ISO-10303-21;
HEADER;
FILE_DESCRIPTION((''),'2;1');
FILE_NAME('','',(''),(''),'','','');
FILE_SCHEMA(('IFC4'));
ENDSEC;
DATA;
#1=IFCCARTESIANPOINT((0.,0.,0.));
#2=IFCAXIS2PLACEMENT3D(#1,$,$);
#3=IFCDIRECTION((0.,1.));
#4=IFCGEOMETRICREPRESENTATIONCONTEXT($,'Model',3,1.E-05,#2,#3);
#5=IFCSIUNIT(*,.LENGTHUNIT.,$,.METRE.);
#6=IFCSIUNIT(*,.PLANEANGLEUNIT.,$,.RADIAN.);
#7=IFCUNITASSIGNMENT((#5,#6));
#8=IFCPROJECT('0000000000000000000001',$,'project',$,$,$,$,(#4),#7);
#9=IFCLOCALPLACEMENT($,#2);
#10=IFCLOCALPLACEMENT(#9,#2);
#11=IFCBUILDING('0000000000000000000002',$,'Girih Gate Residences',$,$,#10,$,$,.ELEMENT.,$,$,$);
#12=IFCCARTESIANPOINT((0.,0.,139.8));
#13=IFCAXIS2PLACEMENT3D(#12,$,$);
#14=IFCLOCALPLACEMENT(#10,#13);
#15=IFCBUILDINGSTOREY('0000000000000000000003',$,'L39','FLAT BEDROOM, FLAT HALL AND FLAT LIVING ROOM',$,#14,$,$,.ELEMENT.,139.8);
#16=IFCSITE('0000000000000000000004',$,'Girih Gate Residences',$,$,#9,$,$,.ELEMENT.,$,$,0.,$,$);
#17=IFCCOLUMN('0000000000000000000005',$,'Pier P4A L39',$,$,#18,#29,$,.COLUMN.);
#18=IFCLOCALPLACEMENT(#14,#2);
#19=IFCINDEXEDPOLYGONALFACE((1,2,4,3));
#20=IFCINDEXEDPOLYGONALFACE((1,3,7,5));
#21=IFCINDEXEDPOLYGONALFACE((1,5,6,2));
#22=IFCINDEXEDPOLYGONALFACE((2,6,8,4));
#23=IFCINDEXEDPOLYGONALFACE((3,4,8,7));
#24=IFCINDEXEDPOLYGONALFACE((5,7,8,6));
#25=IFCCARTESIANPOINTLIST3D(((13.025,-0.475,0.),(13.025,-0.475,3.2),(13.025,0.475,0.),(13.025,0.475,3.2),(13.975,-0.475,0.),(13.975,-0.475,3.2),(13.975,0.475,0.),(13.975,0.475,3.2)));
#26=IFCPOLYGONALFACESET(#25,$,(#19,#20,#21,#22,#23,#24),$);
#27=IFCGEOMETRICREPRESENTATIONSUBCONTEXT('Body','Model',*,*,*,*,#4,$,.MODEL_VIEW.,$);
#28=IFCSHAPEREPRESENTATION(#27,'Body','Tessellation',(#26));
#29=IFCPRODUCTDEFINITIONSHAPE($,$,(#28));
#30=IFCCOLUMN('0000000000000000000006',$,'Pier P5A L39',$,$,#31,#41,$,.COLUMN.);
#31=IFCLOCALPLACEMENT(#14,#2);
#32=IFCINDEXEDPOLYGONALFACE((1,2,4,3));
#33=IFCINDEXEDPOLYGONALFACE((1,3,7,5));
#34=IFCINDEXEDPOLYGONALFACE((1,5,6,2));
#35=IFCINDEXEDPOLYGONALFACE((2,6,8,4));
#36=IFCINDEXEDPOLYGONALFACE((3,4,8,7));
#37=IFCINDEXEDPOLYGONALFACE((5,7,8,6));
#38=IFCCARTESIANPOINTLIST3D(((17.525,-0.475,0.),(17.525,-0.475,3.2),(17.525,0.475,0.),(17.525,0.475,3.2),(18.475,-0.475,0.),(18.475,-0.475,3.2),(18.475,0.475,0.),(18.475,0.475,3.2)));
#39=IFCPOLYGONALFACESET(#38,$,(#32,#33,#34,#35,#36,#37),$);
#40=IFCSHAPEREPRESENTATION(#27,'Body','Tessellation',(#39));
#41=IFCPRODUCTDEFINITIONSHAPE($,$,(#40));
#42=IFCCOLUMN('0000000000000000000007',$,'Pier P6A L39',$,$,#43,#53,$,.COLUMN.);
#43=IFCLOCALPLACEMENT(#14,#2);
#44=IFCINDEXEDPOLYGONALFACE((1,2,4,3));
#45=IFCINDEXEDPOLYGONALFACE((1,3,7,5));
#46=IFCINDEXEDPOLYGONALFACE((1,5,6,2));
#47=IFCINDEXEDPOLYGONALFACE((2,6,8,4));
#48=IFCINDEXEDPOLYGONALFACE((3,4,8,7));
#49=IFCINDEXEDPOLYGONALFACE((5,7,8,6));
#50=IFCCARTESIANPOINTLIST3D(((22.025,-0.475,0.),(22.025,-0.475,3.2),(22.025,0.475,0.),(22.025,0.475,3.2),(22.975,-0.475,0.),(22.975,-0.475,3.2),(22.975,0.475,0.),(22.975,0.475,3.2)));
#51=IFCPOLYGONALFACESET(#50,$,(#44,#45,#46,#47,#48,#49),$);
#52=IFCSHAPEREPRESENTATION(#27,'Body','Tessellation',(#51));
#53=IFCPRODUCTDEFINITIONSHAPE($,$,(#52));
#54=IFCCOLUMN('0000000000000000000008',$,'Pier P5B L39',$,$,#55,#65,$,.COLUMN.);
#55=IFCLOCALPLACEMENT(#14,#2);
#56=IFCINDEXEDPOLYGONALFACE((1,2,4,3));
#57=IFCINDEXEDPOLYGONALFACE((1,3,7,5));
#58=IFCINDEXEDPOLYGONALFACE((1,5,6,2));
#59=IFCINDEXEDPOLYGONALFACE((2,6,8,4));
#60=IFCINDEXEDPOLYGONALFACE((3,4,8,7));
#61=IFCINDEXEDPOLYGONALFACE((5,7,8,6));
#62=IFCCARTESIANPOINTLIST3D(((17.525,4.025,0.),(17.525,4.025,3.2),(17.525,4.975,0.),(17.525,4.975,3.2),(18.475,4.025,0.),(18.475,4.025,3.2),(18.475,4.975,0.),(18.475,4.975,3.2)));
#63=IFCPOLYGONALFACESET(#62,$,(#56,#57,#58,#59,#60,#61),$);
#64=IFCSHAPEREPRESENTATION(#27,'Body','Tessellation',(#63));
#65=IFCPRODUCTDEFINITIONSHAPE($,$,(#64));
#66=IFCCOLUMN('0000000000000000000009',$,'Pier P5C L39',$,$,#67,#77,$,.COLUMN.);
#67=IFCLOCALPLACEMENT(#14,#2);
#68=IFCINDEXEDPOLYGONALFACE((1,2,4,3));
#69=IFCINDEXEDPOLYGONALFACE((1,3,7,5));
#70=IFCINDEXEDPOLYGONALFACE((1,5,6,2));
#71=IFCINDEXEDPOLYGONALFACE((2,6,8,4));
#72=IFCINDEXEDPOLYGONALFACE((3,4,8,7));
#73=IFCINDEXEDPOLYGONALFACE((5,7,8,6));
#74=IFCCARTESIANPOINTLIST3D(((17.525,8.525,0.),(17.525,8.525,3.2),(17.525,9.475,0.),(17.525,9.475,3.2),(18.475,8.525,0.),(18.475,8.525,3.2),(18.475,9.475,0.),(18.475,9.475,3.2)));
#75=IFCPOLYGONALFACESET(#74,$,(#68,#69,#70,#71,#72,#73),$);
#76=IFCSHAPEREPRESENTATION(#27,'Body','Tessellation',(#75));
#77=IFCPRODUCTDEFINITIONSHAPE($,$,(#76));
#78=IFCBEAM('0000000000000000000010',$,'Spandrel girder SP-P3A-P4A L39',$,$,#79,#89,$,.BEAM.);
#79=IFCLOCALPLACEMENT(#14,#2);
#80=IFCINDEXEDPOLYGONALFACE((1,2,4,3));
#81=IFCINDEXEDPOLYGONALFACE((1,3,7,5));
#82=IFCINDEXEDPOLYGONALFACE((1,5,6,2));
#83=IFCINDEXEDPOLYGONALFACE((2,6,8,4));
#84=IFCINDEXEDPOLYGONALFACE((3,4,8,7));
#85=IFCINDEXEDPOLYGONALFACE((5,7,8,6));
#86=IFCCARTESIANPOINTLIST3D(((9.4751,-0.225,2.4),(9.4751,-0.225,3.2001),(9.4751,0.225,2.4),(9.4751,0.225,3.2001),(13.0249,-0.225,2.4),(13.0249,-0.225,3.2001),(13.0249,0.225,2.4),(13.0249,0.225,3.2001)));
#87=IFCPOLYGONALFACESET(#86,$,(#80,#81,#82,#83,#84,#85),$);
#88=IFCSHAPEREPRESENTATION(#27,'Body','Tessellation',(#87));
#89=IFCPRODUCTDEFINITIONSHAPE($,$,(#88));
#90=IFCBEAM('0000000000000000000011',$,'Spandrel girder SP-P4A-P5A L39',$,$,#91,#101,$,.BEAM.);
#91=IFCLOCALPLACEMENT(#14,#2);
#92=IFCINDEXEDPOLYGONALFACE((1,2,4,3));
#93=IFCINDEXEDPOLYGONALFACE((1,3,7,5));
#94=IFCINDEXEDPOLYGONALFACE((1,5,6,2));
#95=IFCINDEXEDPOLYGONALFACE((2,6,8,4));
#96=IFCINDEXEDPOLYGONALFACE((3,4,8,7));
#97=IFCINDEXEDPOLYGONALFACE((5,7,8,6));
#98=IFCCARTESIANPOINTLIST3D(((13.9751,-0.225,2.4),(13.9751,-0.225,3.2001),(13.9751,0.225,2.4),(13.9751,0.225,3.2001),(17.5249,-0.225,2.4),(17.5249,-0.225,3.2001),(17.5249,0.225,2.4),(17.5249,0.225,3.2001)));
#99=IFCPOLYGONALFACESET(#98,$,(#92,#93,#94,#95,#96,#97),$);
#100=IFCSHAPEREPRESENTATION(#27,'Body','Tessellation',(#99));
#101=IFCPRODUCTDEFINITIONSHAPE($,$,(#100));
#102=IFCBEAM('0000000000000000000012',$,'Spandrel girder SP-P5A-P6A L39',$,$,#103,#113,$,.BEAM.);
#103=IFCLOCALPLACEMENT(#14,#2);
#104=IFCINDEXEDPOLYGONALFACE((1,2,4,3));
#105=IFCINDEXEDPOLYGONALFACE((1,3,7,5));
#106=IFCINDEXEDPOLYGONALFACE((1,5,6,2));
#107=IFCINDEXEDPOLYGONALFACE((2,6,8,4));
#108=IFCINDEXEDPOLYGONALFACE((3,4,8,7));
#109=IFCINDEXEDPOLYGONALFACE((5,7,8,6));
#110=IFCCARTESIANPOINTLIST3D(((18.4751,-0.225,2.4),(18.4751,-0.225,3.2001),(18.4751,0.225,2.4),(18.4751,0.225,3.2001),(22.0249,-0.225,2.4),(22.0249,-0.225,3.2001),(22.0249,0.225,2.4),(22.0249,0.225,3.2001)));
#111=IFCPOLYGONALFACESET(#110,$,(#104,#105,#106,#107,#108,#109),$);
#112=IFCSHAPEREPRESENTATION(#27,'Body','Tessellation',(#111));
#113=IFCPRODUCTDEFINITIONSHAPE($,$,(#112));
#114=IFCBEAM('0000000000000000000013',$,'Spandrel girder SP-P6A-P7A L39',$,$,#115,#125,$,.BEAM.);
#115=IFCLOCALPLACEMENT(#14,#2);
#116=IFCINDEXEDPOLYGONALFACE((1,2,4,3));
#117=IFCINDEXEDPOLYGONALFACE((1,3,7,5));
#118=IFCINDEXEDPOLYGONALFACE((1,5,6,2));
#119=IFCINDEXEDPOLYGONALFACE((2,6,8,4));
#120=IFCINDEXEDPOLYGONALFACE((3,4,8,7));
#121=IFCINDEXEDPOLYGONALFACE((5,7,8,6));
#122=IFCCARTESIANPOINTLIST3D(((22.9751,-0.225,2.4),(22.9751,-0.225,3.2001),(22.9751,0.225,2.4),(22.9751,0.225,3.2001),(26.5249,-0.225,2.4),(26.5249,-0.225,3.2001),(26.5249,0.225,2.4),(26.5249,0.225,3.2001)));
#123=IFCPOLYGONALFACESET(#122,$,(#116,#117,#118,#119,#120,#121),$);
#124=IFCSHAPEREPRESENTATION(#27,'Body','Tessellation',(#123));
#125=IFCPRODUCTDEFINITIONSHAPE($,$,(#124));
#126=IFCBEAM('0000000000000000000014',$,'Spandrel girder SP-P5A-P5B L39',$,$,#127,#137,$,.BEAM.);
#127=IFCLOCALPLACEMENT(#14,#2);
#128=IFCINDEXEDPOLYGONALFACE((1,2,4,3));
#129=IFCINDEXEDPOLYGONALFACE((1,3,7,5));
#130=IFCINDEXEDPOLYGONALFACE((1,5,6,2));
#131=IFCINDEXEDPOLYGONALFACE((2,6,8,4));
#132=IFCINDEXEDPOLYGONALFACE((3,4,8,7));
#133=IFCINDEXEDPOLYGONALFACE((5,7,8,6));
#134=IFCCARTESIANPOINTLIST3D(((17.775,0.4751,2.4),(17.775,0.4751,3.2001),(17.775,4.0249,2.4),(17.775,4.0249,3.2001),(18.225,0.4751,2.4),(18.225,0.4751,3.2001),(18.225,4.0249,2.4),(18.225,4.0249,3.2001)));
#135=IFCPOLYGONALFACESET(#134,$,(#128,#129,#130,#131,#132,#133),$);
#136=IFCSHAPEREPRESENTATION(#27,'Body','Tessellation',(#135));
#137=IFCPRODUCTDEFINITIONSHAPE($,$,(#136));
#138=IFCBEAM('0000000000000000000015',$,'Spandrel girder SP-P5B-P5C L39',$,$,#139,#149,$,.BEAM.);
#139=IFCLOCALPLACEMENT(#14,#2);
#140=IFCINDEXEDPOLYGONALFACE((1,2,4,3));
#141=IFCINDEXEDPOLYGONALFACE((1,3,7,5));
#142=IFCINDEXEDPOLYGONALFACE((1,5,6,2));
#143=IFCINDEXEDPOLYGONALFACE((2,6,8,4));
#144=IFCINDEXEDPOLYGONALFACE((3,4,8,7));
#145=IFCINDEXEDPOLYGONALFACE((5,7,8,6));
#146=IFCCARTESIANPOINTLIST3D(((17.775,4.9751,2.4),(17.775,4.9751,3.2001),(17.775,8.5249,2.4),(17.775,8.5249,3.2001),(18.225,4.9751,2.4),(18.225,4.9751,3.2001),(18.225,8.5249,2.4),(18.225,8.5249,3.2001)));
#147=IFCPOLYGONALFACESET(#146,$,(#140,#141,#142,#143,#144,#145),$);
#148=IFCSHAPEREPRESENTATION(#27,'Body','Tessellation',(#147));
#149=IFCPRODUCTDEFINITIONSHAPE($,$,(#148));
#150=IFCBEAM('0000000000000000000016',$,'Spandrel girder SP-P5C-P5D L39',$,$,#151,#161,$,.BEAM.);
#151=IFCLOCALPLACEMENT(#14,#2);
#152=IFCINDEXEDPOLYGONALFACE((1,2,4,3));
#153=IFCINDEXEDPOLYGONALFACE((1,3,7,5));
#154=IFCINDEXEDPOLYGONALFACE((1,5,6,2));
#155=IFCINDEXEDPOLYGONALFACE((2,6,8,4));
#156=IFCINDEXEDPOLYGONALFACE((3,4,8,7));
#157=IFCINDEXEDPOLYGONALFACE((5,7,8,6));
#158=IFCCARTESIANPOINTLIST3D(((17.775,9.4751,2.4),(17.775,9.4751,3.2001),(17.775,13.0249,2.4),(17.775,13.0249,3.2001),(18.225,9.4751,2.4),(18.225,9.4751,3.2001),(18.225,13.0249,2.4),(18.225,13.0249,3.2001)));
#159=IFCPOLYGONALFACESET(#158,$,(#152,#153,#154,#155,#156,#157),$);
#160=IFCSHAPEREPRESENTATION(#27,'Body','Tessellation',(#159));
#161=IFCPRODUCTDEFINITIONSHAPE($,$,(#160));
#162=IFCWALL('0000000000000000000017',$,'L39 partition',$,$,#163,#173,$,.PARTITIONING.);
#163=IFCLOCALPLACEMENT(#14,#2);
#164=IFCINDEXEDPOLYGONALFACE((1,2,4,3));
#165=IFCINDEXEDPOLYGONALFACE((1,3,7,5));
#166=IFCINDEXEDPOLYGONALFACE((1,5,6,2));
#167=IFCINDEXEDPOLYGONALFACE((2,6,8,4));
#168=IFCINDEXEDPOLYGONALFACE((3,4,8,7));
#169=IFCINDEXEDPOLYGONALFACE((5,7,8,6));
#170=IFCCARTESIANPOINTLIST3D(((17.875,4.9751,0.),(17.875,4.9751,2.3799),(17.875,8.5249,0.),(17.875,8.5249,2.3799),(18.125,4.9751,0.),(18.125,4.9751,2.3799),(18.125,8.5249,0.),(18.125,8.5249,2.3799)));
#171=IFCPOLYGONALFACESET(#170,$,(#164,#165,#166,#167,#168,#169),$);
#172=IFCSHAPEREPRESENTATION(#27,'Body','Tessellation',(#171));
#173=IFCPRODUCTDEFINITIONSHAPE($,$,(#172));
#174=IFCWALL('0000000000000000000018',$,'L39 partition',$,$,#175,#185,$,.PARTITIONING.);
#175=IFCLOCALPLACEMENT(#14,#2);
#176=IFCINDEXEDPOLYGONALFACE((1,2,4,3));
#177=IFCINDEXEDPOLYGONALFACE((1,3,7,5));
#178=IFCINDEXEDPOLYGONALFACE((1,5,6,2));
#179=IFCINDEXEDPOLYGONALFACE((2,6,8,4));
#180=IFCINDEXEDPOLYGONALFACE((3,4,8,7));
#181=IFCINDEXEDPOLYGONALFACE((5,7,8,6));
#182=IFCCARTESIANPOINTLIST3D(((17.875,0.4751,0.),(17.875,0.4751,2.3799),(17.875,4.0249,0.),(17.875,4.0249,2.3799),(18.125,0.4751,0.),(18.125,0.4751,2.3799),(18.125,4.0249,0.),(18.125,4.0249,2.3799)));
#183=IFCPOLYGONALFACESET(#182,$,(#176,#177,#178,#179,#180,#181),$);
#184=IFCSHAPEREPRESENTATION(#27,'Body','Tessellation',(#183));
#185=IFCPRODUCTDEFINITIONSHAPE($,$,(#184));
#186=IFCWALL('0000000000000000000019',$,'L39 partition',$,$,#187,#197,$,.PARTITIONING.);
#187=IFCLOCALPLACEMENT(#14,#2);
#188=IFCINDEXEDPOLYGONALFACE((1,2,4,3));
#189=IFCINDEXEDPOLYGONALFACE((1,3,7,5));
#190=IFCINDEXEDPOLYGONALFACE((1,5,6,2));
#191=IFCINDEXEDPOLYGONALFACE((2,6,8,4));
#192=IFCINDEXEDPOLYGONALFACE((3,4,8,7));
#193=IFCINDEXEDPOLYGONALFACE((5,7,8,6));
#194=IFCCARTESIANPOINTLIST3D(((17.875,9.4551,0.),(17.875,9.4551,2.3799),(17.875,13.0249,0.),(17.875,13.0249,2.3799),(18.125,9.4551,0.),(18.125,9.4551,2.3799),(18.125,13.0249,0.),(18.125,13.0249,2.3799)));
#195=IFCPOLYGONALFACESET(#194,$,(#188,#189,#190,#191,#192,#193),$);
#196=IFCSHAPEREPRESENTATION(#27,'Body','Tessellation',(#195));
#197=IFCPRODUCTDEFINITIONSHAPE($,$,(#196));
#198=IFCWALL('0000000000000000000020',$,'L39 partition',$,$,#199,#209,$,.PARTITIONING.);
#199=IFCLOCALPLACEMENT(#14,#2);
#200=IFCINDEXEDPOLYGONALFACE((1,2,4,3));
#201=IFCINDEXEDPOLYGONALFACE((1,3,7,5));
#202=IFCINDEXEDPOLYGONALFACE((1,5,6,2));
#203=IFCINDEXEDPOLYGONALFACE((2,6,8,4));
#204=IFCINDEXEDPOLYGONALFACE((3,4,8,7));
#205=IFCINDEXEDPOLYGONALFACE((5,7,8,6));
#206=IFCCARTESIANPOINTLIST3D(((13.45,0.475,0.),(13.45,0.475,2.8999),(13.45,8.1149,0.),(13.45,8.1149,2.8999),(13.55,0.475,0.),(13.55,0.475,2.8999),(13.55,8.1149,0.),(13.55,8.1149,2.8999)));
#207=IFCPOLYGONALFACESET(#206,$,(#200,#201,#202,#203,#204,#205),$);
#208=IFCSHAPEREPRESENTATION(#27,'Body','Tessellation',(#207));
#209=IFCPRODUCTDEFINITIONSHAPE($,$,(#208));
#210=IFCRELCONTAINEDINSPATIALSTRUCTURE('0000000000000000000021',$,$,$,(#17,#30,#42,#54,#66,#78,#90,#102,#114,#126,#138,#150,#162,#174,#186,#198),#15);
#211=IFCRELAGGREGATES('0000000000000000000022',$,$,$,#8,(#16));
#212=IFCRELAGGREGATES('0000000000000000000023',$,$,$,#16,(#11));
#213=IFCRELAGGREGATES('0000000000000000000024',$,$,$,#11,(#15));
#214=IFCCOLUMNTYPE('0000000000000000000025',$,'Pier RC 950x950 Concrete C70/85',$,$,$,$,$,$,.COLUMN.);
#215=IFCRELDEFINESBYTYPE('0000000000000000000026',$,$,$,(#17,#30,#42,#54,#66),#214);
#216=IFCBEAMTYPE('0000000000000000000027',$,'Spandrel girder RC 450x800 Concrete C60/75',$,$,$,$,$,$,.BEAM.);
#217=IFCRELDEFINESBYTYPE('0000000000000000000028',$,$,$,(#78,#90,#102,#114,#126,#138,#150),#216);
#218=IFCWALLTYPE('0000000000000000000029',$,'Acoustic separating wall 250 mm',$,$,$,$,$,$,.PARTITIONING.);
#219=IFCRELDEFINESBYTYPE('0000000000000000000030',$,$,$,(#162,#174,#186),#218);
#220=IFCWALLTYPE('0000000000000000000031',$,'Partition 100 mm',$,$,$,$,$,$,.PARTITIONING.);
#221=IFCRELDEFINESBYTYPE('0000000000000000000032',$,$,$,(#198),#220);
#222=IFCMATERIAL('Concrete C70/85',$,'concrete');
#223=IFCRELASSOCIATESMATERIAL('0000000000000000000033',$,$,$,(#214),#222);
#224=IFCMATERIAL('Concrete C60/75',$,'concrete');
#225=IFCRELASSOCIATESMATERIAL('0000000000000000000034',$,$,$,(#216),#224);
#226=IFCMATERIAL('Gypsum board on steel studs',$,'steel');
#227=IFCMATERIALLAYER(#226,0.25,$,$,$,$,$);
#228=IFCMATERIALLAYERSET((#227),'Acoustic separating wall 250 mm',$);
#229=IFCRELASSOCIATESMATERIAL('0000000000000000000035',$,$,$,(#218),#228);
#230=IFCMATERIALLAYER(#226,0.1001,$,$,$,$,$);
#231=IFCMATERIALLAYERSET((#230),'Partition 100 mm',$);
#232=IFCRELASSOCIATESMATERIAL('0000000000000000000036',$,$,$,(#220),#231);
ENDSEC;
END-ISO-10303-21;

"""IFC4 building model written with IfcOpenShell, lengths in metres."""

from ifc_helpers import new_model, si_unit, direction, frame, frame_2d, origin, origin_2d, place, context, subcontext, project, spatial, rectangle, extrude, material, layer, layer_set, material_profile, profile_set, type_object, element, save


model = new_model("IFC4")

# Units and contexts
model_context = context("Model", 3, precision=1e-05, world=origin(), true_north=direction((0.0, 1.0)))
body_context = subcontext(model_context, "Body", "Model", "MODEL_VIEW")
ifc_project = project(units=[si_unit("LENGTHUNIT", "METRE"), si_unit("PLANEANGLEUNIT", "RADIAN")], contexts=[model_context])

# Site, building, storey
site_placement = place(None, origin())
site = spatial("IfcSite", under=ifc_project, at=site_placement, Name="Girih Gate Residences", CompositionType="ELEMENT", RefElevation=0.0)
building_placement = place(site_placement, origin())
building = spatial("IfcBuilding", under=site, at=building_placement, Name="Girih Gate Residences", CompositionType="ELEMENT")
storey_placement = place(building_placement, frame((0.0, 0.0, 139.8)))
storey = spatial("IfcBuildingStorey", under=building, at=storey_placement, Name="L39", Description="FLAT BEDROOM, FLAT HALL AND FLAT LIVING ROOM", CompositionType="ELEMENT", Elevation=139.8)

# Columns
ifc_material_1 = material(Name="Concrete C70/85", Category="concrete")
ifc_material_profile_1 = material_profile(ifc_material_1, rectangle(XDim=0.95, YDim=0.95, at=origin_2d()))
ifc_profile_set_1 = profile_set([ifc_material_profile_1], Name="Concrete C70/85")
column_type = type_object("IfcColumnType", Name="Pier RC 950x950 Concrete C70/85", PredefinedType="COLUMN", material=ifc_profile_set_1)
for number, where, z_axis, x_axis, name in (
    (1, (13.5, 0.0, 0.0), (0.0, 0.0, 1.0), (1.0, 0.0, 0.0), "Pier P4A L39"),
    (2, (18.0, 0.0, 0.0), (0.0, 0.0, 1.0), (1.0, 0.0, 0.0), "Pier P5A L39"),
    (3, (22.5, 0.0, 0.0), (0.0, 0.0, 1.0), (1.0, 0.0, 0.0), "Pier P6A L39"),
    (4, (18.0, 4.5, 0.0), (0.0, 0.0, 1.0), (1.0, 0.0, 0.0), "Pier P5B L39"),
    (5, (18.0, 9.0, 0.0), (0.0, 0.0, 1.0), (1.0, 0.0, 0.0), "Pier P5C L39"),
):
    element("IfcColumn", number, at=place(storey_placement, frame(where, z_axis=z_axis, x_axis=x_axis)), inside=storey, type_object=column_type, Name=name, PredefinedType="COLUMN", context=body_context, shape_type="SweptSolid", body=[
        extrude(rectangle(XDim=0.95, YDim=0.95, at=origin_2d()), origin(), (0.0, 0.0, 1.0), 3.2),
    ])

# Beams
ifc_material_2 = material(Name="Concrete C60/75", Category="concrete")
ifc_material_profile_2 = material_profile(ifc_material_2, rectangle(XDim=0.45, YDim=0.8, at=origin_2d()))
ifc_profile_set_2 = profile_set([ifc_material_profile_2], Name="Concrete C60/75")
beam_type = type_object("IfcBeamType", Name="Spandrel girder RC 450x800 Concrete C60/75", PredefinedType="BEAM", material=ifc_profile_set_2)
for number, where, z_axis, x_axis, name in (
    (6, (9.4751, 0.0, 2.8), (1.0, 0.0, 0.0), (0.0, 1.0, 0.0), "Spandrel girder SP-P3A-P4A L39"),
    (7, (13.9751, 0.0, 2.8), (1.0, 0.0, 0.0), (0.0, 1.0, 0.0), "Spandrel girder SP-P4A-P5A L39"),
    (8, (18.4751, 0.0, 2.8), (1.0, 0.0, 0.0), (0.0, 1.0, 0.0), "Spandrel girder SP-P5A-P6A L39"),
    (9, (22.9751, 0.0, 2.8), (1.0, 0.0, 0.0), (0.0, 1.0, 0.0), "Spandrel girder SP-P6A-P7A L39"),
    (10, (18.0, 0.4751, 2.8), (0.0, 1.0, 0.0), (-1.0, 0.0, 0.0), "Spandrel girder SP-P5A-P5B L39"),
    (11, (18.0, 4.9751, 2.8), (0.0, 1.0, 0.0), (-1.0, 0.0, 0.0), "Spandrel girder SP-P5B-P5C L39"),
    (12, (18.0, 9.4751, 2.8), (0.0, 1.0, 0.0), (-1.0, 0.0, 0.0), "Spandrel girder SP-P5C-P5D L39"),
):
    element("IfcBeam", number, at=place(storey_placement, frame(where, z_axis=z_axis, x_axis=x_axis)), inside=storey, type_object=beam_type, Name=name, PredefinedType="BEAM", context=body_context, shape_type="SweptSolid", body=[
        extrude(rectangle(XDim=0.45, YDim=0.8, at=origin_2d()), origin(), (0.0, 0.0, 1.0), 3.5498),
    ])

# Walls
ifc_material_3 = material(Name="Gypsum board on steel studs", Category="steel")
ifc_layer_1 = layer(ifc_material_3, 0.25)
ifc_layer_set_1 = layer_set([ifc_layer_1], Name="Acoustic separating wall 250 mm")
wall_type_1 = type_object("IfcWallType", Name="Acoustic separating wall 250 mm", PredefinedType="PARTITIONING", material=ifc_layer_set_1)
for number, where, z_axis, x_axis, name in (
    (13, (18.0, 4.9751, 0.0), (0.0, 0.0, 1.0), (0.0, 1.0, 0.0), "L39 partition"),
    (14, (18.0, 0.4751, 0.0), (0.0, 0.0, 1.0), (0.0, 1.0, 0.0), "L39 partition"),
):
    element("IfcWall", number, at=place(storey_placement, frame(where, z_axis=z_axis, x_axis=x_axis)), inside=storey, type_object=wall_type_1, Name=name, PredefinedType="PARTITIONING", context=body_context, shape_type="SweptSolid", body=[
        extrude(rectangle(XDim=3.5498, YDim=0.25, at=frame_2d((1.7749, 0.0))), origin(), (0.0, 0.0, 1.0), 2.3799),
    ])
wall_1_placement = place(storey_placement, frame((18.0, 9.4551, 0.0), z_axis=(0.0, 0.0, 1.0), x_axis=(0.0, 1.0, 0.0)))
element("IfcWall", 15, at=wall_1_placement, inside=storey, type_object=wall_type_1, Name="L39 partition", PredefinedType="PARTITIONING", context=body_context, shape_type="SweptSolid", body=[
    extrude(rectangle(XDim=3.5698, YDim=0.25, at=frame_2d((1.7849, 0.0))), origin(), (0.0, 0.0, 1.0), 2.3799),
])
ifc_layer_2 = layer(ifc_material_3, 0.1001)
ifc_layer_set_2 = layer_set([ifc_layer_2], Name="Partition 100 mm")
wall_type_2 = type_object("IfcWallType", Name="Partition 100 mm", PredefinedType="PARTITIONING", material=ifc_layer_set_2)
wall_2_placement = place(storey_placement, frame((13.5, 0.4751, 0.0), z_axis=(0.0, 0.0, 1.0), x_axis=(0.0, 1.0, 0.0)))
element("IfcWall", 16, at=wall_2_placement, inside=storey, type_object=wall_type_2, Name="L39 partition", PredefinedType="PARTITIONING", context=body_context, shape_type="SweptSolid", body=[
    extrude(rectangle(XDim=7.6399, YDim=0.1001, at=frame_2d((3.8198, 0.0))), origin(), (0.0, 0.0, 1.0), 2.8999),
])

save(model, "model.ifc")
